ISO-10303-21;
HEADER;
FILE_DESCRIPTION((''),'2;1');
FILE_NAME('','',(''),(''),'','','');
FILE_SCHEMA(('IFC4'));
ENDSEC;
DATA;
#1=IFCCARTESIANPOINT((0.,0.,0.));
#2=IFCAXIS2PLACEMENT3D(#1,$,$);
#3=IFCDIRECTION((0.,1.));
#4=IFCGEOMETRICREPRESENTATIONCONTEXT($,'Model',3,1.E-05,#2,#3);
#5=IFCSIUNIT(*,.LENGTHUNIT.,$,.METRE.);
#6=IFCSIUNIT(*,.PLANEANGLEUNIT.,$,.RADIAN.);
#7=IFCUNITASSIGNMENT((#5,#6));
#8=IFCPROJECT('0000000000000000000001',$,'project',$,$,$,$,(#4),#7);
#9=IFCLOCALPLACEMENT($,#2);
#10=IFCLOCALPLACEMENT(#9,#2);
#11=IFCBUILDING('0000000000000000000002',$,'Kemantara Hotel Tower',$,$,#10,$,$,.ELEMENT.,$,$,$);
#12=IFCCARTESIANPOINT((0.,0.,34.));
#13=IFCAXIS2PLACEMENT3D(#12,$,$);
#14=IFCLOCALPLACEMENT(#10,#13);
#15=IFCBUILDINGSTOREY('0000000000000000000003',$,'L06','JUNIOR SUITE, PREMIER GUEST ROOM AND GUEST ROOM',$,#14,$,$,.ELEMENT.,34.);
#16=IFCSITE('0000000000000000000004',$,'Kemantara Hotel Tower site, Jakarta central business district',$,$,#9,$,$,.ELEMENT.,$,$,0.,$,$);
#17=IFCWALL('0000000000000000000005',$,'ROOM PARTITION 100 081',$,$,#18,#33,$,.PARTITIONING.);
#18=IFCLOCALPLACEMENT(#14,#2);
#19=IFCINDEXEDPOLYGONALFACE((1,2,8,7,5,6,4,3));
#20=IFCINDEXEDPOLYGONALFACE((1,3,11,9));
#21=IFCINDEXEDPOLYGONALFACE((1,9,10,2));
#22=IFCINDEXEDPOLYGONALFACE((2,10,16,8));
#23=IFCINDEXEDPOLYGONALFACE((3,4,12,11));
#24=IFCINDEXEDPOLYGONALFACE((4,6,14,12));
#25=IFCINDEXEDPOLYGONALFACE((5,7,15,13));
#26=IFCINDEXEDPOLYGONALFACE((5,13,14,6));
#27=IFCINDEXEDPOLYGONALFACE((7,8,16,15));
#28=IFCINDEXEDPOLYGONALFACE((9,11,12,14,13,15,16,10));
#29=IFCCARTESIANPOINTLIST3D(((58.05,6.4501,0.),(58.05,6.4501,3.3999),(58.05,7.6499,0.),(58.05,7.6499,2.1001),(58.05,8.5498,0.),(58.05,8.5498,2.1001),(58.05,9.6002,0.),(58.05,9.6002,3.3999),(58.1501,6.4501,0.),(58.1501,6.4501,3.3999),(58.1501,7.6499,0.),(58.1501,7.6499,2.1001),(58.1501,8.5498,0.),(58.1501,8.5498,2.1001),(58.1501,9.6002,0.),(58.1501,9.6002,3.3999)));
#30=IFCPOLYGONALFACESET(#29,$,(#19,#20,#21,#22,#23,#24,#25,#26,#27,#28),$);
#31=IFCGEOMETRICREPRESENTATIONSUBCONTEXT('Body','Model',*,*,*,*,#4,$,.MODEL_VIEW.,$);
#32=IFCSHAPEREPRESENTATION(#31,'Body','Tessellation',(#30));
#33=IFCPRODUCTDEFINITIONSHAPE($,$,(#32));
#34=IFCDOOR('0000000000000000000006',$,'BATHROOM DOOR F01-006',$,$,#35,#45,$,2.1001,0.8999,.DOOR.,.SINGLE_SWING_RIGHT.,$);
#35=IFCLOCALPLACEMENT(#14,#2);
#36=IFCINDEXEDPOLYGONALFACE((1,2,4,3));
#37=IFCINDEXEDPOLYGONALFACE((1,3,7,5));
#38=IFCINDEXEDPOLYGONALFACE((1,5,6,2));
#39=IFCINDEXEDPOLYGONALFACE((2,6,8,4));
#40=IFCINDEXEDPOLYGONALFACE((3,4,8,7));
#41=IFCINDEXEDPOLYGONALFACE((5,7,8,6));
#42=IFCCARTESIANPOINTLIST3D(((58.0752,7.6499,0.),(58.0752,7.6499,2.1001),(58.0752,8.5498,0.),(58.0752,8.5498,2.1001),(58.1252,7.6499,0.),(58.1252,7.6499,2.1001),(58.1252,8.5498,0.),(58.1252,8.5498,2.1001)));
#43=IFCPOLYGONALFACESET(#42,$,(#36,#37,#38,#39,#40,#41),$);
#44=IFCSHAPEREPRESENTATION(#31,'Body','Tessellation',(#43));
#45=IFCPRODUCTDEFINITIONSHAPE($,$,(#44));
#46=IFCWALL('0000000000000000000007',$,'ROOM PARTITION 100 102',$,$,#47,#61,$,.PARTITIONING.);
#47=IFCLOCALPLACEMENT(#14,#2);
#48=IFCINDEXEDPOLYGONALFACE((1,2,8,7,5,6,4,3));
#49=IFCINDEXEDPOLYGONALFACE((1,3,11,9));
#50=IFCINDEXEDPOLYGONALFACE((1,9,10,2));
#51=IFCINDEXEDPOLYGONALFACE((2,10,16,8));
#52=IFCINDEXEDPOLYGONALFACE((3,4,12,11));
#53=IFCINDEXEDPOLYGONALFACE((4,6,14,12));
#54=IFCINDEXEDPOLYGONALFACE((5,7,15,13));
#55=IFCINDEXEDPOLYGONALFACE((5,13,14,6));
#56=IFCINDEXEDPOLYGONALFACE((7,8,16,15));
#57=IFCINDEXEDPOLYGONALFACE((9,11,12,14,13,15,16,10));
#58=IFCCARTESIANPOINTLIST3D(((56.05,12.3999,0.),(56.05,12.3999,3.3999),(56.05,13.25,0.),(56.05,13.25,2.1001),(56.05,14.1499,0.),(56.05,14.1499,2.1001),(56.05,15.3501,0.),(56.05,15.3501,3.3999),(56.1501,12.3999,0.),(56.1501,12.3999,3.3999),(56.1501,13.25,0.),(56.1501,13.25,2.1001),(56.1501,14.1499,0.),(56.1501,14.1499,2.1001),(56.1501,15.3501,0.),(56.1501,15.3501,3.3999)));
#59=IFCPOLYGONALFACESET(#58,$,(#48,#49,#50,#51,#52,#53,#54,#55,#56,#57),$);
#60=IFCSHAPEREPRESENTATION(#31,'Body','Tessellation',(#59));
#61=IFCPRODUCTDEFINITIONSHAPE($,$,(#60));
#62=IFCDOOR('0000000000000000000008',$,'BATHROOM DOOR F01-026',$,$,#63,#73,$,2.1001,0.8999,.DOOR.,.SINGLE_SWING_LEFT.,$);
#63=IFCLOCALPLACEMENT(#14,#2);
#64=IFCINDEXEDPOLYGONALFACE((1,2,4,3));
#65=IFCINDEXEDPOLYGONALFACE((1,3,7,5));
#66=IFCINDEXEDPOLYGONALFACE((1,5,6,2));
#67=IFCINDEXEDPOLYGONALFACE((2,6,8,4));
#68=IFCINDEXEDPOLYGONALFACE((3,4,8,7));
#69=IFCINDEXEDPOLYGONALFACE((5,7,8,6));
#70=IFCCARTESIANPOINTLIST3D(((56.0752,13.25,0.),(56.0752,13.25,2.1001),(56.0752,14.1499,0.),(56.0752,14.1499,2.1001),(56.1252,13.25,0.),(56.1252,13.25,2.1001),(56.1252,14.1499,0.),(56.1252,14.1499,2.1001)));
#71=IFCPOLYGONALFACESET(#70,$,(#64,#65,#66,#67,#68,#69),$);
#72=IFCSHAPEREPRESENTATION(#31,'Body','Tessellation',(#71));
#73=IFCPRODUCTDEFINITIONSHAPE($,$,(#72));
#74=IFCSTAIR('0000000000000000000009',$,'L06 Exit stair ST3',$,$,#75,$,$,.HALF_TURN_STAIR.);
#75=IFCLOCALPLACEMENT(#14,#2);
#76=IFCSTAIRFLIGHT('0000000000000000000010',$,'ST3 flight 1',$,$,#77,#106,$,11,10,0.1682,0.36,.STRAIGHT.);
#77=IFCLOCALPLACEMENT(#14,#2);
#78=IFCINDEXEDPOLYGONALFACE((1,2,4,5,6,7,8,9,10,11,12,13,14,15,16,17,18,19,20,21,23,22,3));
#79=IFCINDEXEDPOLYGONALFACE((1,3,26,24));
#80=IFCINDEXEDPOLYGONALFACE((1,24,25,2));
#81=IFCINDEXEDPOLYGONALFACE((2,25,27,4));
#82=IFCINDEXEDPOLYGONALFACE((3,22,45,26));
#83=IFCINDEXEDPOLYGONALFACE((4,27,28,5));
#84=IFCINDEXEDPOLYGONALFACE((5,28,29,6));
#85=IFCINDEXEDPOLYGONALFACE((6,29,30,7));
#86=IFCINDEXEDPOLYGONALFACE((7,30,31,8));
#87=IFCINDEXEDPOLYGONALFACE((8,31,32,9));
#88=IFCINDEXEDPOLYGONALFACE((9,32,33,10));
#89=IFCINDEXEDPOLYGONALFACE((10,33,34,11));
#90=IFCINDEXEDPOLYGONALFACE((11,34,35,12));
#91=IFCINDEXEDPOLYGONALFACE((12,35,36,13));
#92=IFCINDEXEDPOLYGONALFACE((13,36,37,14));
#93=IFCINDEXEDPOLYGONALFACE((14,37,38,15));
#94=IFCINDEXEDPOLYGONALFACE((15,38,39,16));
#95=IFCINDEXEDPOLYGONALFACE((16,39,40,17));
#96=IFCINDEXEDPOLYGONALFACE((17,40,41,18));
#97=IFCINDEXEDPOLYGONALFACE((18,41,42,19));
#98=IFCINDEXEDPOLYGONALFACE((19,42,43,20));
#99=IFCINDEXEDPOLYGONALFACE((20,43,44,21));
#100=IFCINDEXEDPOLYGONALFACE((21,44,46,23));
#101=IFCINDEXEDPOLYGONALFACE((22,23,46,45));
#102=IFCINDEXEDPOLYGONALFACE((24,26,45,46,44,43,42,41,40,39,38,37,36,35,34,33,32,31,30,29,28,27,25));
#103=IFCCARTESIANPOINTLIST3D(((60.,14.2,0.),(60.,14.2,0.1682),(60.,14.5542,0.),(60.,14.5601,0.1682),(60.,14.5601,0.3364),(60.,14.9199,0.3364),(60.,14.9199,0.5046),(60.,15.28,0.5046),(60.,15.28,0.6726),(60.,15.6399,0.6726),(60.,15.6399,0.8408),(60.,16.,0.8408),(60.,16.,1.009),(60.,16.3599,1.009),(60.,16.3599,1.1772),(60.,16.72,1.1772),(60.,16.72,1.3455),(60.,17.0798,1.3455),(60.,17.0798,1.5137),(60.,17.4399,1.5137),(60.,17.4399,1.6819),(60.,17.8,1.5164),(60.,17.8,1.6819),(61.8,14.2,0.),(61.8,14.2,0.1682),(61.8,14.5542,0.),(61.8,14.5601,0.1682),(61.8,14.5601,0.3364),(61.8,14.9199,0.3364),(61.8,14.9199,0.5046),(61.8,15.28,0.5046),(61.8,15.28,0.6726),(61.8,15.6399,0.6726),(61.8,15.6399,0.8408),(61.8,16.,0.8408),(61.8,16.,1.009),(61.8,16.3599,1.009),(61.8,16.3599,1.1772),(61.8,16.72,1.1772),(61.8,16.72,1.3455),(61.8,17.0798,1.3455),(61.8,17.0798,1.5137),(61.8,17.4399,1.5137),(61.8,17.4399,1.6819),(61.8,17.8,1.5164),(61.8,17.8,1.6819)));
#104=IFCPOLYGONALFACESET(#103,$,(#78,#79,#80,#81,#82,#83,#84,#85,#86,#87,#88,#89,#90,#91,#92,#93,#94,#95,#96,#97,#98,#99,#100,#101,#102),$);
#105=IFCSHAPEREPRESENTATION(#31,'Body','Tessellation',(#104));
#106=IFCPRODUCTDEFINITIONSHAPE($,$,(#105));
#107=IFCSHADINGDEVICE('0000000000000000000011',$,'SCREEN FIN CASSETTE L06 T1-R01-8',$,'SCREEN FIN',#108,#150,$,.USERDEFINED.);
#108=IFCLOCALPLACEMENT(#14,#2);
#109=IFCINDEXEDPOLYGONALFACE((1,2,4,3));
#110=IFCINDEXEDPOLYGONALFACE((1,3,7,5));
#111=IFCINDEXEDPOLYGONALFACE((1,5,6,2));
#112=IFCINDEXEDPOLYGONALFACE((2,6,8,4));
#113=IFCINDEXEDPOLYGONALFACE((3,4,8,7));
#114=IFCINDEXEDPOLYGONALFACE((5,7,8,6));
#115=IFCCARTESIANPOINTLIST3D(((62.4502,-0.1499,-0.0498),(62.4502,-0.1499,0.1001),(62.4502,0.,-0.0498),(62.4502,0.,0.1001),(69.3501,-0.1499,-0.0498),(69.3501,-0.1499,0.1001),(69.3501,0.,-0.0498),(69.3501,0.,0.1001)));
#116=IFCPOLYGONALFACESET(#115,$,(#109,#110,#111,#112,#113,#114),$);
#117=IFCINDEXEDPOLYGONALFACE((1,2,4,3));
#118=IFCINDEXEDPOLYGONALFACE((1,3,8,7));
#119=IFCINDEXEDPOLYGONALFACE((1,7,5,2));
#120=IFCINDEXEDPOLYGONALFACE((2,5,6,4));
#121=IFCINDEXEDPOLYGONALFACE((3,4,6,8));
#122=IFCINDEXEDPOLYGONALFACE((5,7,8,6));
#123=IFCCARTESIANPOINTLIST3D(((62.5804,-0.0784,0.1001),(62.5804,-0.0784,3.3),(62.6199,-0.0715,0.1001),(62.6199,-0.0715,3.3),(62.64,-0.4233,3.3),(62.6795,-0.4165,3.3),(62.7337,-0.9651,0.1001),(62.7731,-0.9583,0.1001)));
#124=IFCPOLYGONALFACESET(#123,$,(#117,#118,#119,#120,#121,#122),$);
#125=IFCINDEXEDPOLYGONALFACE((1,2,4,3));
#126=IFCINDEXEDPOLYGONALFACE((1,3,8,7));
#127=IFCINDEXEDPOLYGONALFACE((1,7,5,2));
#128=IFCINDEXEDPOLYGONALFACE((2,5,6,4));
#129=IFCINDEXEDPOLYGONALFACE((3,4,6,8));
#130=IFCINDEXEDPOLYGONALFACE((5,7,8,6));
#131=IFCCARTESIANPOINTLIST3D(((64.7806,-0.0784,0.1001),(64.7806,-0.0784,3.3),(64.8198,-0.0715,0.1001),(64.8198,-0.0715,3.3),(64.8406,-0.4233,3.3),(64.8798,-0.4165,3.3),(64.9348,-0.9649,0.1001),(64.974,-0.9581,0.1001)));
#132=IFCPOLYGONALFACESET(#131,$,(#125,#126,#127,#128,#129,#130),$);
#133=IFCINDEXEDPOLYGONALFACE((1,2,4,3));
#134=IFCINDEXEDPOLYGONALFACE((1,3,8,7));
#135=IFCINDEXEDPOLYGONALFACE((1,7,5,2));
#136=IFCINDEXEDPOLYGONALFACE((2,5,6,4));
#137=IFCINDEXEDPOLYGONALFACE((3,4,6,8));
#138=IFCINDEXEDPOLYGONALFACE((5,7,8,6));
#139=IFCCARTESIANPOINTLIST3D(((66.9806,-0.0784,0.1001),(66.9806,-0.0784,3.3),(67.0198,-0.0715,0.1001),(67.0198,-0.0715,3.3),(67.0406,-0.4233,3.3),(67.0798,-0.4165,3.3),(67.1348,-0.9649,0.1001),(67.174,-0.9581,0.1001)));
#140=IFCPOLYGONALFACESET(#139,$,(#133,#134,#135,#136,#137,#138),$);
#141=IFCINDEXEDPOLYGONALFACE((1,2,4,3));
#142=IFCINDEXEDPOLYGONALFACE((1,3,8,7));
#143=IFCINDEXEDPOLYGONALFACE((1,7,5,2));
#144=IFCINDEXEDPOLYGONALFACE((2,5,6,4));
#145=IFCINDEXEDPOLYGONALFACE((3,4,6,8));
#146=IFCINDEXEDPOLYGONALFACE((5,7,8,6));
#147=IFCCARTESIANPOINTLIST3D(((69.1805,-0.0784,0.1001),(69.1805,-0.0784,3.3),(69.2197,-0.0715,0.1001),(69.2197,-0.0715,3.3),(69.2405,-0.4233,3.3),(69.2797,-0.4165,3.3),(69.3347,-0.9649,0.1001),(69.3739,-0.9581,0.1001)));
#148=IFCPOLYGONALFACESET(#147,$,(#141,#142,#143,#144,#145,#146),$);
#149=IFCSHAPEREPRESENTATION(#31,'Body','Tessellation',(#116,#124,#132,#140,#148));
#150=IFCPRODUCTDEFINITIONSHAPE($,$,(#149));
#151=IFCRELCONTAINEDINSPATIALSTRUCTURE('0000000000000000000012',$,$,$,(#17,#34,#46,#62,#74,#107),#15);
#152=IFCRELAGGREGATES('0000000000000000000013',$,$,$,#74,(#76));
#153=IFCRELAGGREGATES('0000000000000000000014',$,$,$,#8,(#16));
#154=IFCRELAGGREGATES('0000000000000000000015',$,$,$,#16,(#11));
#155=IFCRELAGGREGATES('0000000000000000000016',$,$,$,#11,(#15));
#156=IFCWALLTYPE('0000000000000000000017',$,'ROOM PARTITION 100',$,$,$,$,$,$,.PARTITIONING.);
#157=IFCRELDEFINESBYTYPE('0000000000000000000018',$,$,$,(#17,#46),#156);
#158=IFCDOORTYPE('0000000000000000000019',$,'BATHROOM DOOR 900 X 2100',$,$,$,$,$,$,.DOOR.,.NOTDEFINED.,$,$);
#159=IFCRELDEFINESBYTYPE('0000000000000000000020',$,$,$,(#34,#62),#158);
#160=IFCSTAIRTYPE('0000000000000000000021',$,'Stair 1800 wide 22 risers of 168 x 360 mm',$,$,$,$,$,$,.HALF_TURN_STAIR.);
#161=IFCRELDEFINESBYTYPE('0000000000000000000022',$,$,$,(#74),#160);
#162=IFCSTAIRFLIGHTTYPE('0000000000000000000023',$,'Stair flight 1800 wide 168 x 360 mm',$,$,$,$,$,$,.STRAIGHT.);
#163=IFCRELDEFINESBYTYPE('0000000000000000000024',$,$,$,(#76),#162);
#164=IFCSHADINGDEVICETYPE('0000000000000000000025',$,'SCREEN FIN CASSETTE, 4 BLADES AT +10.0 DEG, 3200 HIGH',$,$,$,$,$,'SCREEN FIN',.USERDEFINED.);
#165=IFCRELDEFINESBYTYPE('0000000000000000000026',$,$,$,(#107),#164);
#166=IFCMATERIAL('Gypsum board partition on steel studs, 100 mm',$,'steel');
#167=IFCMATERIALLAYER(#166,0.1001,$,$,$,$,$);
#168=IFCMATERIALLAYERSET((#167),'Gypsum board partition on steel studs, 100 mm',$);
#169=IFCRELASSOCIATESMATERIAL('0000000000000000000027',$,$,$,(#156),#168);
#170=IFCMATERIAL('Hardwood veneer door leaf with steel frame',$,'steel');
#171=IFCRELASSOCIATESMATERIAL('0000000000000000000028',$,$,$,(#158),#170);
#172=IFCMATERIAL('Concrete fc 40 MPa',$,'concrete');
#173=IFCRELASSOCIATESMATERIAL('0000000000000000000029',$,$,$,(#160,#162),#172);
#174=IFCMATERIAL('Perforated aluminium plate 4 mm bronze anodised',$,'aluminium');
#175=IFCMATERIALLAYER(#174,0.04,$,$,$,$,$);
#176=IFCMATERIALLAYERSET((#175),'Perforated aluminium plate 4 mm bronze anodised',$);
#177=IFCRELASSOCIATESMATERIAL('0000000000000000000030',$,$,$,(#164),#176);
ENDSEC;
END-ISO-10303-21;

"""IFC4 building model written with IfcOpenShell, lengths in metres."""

from ifc_helpers import new_model, si_unit, direction, frame, frame_2d, origin, origin_2d, place, context, subcontext, project, spatial, polyline, rectangle, outline, extrude, source, transform, mapped, material, layer, layer_set, type_object, element, fill, aggregate, save


model = new_model("IFC4")

# Units and contexts
model_context = context("Model", 3, precision=1e-05, world=origin(), true_north=direction((0.0, 1.0)))
body_context = subcontext(model_context, "Body", "Model", "MODEL_VIEW")
ifc_project = project(units=[si_unit("LENGTHUNIT", "METRE"), si_unit("PLANEANGLEUNIT", "RADIAN")], contexts=[model_context])

# Site, building, storey
site_placement = place(None, origin())
site = spatial("IfcSite", under=ifc_project, at=site_placement, Name="Kemantara Hotel Tower site, Jakarta central business district", CompositionType="ELEMENT", RefElevation=0.0)
building_placement = place(site_placement, origin())
building = spatial("IfcBuilding", under=site, at=building_placement, Name="Kemantara Hotel Tower", CompositionType="ELEMENT")
storey_placement = place(building_placement, frame((0.0, 0.0, 34.0)))
storey = spatial("IfcBuildingStorey", under=building, at=storey_placement, Name="L06", Description="JUNIOR SUITE, PREMIER GUEST ROOM AND GUEST ROOM", CompositionType="ELEMENT", Elevation=34.0)

# Shared definitions
ifc_material_1 = material(Name="Hardwood veneer door leaf with steel frame", Category="steel")
ifc_material_2 = material(Name="Concrete fc 40 MPa", Category="concrete")

# Walls, openings, doors
ifc_material_3 = material(Name="Gypsum board partition on steel studs, 100 mm", Category="steel")
ifc_layer_1 = layer(ifc_material_3, 0.1001)
ifc_layer_set_1 = layer_set([ifc_layer_1], Name="Gypsum board partition on steel studs, 100 mm")
wall_type_1 = type_object("IfcWallType", Name="ROOM PARTITION 100", PredefinedType="PARTITIONING", material=ifc_layer_set_1)
wall_1_placement = place(storey_placement, frame((58.1001, 6.45, 0.0), z_axis=(0.0, 0.0, 1.0), x_axis=(0.0, 1.0, 0.0)))
wall_1 = element("IfcWall", 1, at=wall_1_placement, inside=storey, type_object=wall_type_1, Name="ROOM PARTITION 100 081", PredefinedType="PARTITIONING", context=body_context, shape_type="SweptSolid", body=[
    extrude(rectangle(XDim=3.1501, YDim=0.1001, at=frame_2d((1.5752, 0.0))), origin(), (0.0, 0.0, 1.0), 3.3999),
])
opening_1_placement = place(wall_1_placement, frame((1.2, 0.0, 0.0)))
opening_1 = element("IfcOpeningElement", 2, at=opening_1_placement, cuts=wall_1, PredefinedType="OPENING", context=body_context, shape_type="SweptSolid", body=[
    extrude(rectangle(XDim=0.8999, YDim=2.1001, at=frame_2d((0.45, 1.05))), frame((0.0, 0.0601, 0.0), z_axis=(0.0, -1.0, 0.0), x_axis=(1.0, 0.0, 0.0)), (0.0, 0.0, 1.0), 0.1201),
])
door_type_1 = type_object("IfcDoorType", Name="BATHROOM DOOR 900 X 2100", OperationType="NOTDEFINED", PredefinedType="DOOR", material=ifc_material_1)
door_1_placement = place(opening_1_placement, origin())
door_1 = element("IfcDoor", 3, at=door_1_placement, inside=storey, type_object=door_type_1, Name="BATHROOM DOOR F01-006", OperationType="SINGLE_SWING_RIGHT", OverallHeight=2.1001, OverallWidth=0.8999, PredefinedType="DOOR", context=body_context, shape_type="SweptSolid", body=[
    extrude(rectangle(XDim=0.8999, YDim=2.1001, at=frame_2d((0.45, 1.05))), frame((0.0, 0.0249, 0.0), z_axis=(0.0, -1.0, 0.0), x_axis=(1.0, 0.0, 0.0)), (0.0, 0.0, 1.0), 0.05),
])
fill(opening_1, door_1)
wall_2_placement = place(storey_placement, frame((56.1001, 12.3999, 0.0), z_axis=(0.0, 0.0, 1.0), x_axis=(0.0, 1.0, 0.0)))
wall_2 = element("IfcWall", 4, at=wall_2_placement, inside=storey, type_object=wall_type_1, Name="ROOM PARTITION 100 102", PredefinedType="PARTITIONING", context=body_context, shape_type="SweptSolid", body=[
    extrude(rectangle(XDim=2.9502, YDim=0.1001, at=frame_2d((1.4751, 0.0))), origin(), (0.0, 0.0, 1.0), 3.3999),
])
opening_2_placement = place(wall_2_placement, frame((0.8501, 0.0, 0.0)))
opening_2 = element("IfcOpeningElement", 5, at=opening_2_placement, cuts=wall_2, PredefinedType="OPENING", context=body_context, shape_type="SweptSolid", body=[
    extrude(rectangle(XDim=0.8999, YDim=2.1001, at=frame_2d((0.45, 1.05))), frame((0.0, 0.0601, 0.0), z_axis=(0.0, -1.0, 0.0), x_axis=(1.0, 0.0, 0.0)), (0.0, 0.0, 1.0), 0.1201),
])
door_2_placement = place(opening_2_placement, origin())
door_2 = element("IfcDoor", 6, at=door_2_placement, inside=storey, type_object=door_type_1, Name="BATHROOM DOOR F01-026", OperationType="SINGLE_SWING_LEFT", OverallHeight=2.1001, OverallWidth=0.8999, PredefinedType="DOOR", context=body_context, shape_type="SweptSolid", body=[
    extrude(rectangle(XDim=0.8999, YDim=2.1001, at=frame_2d((0.45, 1.05))), frame((0.0, 0.0249, 0.0), z_axis=(0.0, -1.0, 0.0), x_axis=(1.0, 0.0, 0.0)), (0.0, 0.0, 1.0), 0.05),
])
fill(opening_2, door_2)

# Stair, stair flight
stair_type = type_object("IfcStairType", Name="Stair 1800 wide 22 risers of 168 x 360 mm", PredefinedType="HALF_TURN_STAIR", material=ifc_material_2)
stair_placement = place(storey_placement, origin())
stair = element("IfcStair", 7, at=stair_placement, inside=storey, type_object=stair_type, Name="L06 Exit stair ST3", PredefinedType="HALF_TURN_STAIR")
stair_flight_type = type_object("IfcStairFlightType", Name="Stair flight 1800 wide 168 x 360 mm", PredefinedType="STRAIGHT", material=ifc_material_2)
stair_flight_placement = place(storey_placement, frame((60.8999, 14.2, 0.0), z_axis=(0.0, 0.0, 1.0), x_axis=(0.0, 1.0, 0.0)))
stair_flight = element("IfcStairFlight", 8, at=stair_flight_placement, type_object=stair_flight_type, Name="ST3 flight 1", NumberOfRisers=11, NumberOfTreads=10, PredefinedType="STRAIGHT", RiserHeight=0.1682, TreadLength=0.36, context=body_context, shape_type="SweptSolid", body=[
    extrude(outline(polyline([(0.0, 0.0), (0.0, 0.1682), (0.3601, 0.1682), (0.3601, 0.3364), (0.72, 0.3364), (0.72, 0.5046), (1.0801, 0.5046), (1.0801, 0.6726), (1.4399, 0.6726), (1.4399, 0.8408), (1.8, 0.8408), (1.8, 1.009), (2.1599, 1.009), (2.1599, 1.1772), (2.52, 1.1772), (2.52, 1.3455), (2.8799, 1.3455), (2.8799, 1.5137), (3.24, 1.5137), (3.24, 1.6819), (3.6001, 1.6819), (3.6001, 1.8501), (3.6001, 1.5164), (0.3542, 0.0), (0.0, 0.0)])), frame((0.0, 0.8999, 0.0), z_axis=(0.0, -1.0, 0.0), x_axis=(1.0, 0.0, 0.0)), (0.0, 0.0, 1.0), 1.8),
])
aggregate(stair, [stair_flight])

# Shading device
ifc_material_4 = material(Name="Perforated aluminium plate 4 mm bronze anodised", Category="aluminium")
ifc_layer_2 = layer(ifc_material_4, 0.04)
ifc_layer_set_2 = layer_set([ifc_layer_2], Name="Perforated aluminium plate 4 mm bronze anodised")
shading_device_type = type_object("IfcShadingDeviceType", Name="SCREEN FIN CASSETTE, 4 BLADES AT +10.0 DEG, 3200 HIGH", ElementType="SCREEN FIN", PredefinedType="USERDEFINED", material=ifc_layer_set_2)
shared_shape = source(origin(), body_context, "Body", "SweptSolid", [
    extrude(rectangle(XDim=6.8999, YDim=0.1499, at=origin_2d()), frame((3.3, -0.075, -0.1499), z_axis=(0.0, 0.0, 1.0), x_axis=(1.0, 0.0, 0.0)), (0.0, 0.0, 1.0), 0.1499),
    extrude(outline(polyline([(0.0, 0.0), (0.8999, 0.0), (0.3501, 3.2), (0.0, 3.2), (0.0, 0.0)])), frame((0.0198, -0.0715, 0.0), z_axis=(-0.98539, -0.170314, 0.0), x_axis=(0.170314, -0.98539, 0.0)), (0.0, 0.0, 1.0), 0.04),
    extrude(outline(polyline([(0.0, 0.0), (0.8999, 0.0), (0.3501, 3.2), (0.0, 3.2), (0.0, 0.0)])), frame((2.2197, -0.0715, 0.0), z_axis=(-0.985212, -0.171341, 0.0), x_axis=(0.171341, -0.985212, 0.0)), (0.0, 0.0, 1.0), 0.0398),
    extrude(outline(polyline([(0.0, 0.0), (0.8999, 0.0), (0.3501, 3.2), (0.0, 3.2), (0.0, 0.0)])), frame((4.4197, -0.0715, 0.0), z_axis=(-0.985212, -0.171341, 0.0), x_axis=(0.171341, -0.985212, 0.0)), (0.0, 0.0, 1.0), 0.0398),
    extrude(outline(polyline([(0.0, 0.0), (0.8999, 0.0), (0.3501, 3.2), (0.0, 3.2), (0.0, 0.0)])), frame((6.6196, -0.0715, 0.0), z_axis=(-0.985212, -0.171341, 0.0), x_axis=(0.171341, -0.985212, 0.0)), (0.0, 0.0, 1.0), 0.0398),
])
shading_device_placement = place(storey_placement, frame((62.6001, 0.0, 0.1001), z_axis=(0.0, 0.0, 1.0), x_axis=(1.0, 0.0, 0.0)))
element("IfcShadingDevice", 9, at=shading_device_placement, inside=storey, type_object=shading_device_type, Name="SCREEN FIN CASSETTE L06 T1-R01-8", ObjectType="SCREEN FIN", PredefinedType="USERDEFINED", context=body_context, shape_type="MappedRepresentation", body=[
    mapped(shared_shape, transform((0.0, 0.0, 0.0))),
])

save(model, "model.ifc")
